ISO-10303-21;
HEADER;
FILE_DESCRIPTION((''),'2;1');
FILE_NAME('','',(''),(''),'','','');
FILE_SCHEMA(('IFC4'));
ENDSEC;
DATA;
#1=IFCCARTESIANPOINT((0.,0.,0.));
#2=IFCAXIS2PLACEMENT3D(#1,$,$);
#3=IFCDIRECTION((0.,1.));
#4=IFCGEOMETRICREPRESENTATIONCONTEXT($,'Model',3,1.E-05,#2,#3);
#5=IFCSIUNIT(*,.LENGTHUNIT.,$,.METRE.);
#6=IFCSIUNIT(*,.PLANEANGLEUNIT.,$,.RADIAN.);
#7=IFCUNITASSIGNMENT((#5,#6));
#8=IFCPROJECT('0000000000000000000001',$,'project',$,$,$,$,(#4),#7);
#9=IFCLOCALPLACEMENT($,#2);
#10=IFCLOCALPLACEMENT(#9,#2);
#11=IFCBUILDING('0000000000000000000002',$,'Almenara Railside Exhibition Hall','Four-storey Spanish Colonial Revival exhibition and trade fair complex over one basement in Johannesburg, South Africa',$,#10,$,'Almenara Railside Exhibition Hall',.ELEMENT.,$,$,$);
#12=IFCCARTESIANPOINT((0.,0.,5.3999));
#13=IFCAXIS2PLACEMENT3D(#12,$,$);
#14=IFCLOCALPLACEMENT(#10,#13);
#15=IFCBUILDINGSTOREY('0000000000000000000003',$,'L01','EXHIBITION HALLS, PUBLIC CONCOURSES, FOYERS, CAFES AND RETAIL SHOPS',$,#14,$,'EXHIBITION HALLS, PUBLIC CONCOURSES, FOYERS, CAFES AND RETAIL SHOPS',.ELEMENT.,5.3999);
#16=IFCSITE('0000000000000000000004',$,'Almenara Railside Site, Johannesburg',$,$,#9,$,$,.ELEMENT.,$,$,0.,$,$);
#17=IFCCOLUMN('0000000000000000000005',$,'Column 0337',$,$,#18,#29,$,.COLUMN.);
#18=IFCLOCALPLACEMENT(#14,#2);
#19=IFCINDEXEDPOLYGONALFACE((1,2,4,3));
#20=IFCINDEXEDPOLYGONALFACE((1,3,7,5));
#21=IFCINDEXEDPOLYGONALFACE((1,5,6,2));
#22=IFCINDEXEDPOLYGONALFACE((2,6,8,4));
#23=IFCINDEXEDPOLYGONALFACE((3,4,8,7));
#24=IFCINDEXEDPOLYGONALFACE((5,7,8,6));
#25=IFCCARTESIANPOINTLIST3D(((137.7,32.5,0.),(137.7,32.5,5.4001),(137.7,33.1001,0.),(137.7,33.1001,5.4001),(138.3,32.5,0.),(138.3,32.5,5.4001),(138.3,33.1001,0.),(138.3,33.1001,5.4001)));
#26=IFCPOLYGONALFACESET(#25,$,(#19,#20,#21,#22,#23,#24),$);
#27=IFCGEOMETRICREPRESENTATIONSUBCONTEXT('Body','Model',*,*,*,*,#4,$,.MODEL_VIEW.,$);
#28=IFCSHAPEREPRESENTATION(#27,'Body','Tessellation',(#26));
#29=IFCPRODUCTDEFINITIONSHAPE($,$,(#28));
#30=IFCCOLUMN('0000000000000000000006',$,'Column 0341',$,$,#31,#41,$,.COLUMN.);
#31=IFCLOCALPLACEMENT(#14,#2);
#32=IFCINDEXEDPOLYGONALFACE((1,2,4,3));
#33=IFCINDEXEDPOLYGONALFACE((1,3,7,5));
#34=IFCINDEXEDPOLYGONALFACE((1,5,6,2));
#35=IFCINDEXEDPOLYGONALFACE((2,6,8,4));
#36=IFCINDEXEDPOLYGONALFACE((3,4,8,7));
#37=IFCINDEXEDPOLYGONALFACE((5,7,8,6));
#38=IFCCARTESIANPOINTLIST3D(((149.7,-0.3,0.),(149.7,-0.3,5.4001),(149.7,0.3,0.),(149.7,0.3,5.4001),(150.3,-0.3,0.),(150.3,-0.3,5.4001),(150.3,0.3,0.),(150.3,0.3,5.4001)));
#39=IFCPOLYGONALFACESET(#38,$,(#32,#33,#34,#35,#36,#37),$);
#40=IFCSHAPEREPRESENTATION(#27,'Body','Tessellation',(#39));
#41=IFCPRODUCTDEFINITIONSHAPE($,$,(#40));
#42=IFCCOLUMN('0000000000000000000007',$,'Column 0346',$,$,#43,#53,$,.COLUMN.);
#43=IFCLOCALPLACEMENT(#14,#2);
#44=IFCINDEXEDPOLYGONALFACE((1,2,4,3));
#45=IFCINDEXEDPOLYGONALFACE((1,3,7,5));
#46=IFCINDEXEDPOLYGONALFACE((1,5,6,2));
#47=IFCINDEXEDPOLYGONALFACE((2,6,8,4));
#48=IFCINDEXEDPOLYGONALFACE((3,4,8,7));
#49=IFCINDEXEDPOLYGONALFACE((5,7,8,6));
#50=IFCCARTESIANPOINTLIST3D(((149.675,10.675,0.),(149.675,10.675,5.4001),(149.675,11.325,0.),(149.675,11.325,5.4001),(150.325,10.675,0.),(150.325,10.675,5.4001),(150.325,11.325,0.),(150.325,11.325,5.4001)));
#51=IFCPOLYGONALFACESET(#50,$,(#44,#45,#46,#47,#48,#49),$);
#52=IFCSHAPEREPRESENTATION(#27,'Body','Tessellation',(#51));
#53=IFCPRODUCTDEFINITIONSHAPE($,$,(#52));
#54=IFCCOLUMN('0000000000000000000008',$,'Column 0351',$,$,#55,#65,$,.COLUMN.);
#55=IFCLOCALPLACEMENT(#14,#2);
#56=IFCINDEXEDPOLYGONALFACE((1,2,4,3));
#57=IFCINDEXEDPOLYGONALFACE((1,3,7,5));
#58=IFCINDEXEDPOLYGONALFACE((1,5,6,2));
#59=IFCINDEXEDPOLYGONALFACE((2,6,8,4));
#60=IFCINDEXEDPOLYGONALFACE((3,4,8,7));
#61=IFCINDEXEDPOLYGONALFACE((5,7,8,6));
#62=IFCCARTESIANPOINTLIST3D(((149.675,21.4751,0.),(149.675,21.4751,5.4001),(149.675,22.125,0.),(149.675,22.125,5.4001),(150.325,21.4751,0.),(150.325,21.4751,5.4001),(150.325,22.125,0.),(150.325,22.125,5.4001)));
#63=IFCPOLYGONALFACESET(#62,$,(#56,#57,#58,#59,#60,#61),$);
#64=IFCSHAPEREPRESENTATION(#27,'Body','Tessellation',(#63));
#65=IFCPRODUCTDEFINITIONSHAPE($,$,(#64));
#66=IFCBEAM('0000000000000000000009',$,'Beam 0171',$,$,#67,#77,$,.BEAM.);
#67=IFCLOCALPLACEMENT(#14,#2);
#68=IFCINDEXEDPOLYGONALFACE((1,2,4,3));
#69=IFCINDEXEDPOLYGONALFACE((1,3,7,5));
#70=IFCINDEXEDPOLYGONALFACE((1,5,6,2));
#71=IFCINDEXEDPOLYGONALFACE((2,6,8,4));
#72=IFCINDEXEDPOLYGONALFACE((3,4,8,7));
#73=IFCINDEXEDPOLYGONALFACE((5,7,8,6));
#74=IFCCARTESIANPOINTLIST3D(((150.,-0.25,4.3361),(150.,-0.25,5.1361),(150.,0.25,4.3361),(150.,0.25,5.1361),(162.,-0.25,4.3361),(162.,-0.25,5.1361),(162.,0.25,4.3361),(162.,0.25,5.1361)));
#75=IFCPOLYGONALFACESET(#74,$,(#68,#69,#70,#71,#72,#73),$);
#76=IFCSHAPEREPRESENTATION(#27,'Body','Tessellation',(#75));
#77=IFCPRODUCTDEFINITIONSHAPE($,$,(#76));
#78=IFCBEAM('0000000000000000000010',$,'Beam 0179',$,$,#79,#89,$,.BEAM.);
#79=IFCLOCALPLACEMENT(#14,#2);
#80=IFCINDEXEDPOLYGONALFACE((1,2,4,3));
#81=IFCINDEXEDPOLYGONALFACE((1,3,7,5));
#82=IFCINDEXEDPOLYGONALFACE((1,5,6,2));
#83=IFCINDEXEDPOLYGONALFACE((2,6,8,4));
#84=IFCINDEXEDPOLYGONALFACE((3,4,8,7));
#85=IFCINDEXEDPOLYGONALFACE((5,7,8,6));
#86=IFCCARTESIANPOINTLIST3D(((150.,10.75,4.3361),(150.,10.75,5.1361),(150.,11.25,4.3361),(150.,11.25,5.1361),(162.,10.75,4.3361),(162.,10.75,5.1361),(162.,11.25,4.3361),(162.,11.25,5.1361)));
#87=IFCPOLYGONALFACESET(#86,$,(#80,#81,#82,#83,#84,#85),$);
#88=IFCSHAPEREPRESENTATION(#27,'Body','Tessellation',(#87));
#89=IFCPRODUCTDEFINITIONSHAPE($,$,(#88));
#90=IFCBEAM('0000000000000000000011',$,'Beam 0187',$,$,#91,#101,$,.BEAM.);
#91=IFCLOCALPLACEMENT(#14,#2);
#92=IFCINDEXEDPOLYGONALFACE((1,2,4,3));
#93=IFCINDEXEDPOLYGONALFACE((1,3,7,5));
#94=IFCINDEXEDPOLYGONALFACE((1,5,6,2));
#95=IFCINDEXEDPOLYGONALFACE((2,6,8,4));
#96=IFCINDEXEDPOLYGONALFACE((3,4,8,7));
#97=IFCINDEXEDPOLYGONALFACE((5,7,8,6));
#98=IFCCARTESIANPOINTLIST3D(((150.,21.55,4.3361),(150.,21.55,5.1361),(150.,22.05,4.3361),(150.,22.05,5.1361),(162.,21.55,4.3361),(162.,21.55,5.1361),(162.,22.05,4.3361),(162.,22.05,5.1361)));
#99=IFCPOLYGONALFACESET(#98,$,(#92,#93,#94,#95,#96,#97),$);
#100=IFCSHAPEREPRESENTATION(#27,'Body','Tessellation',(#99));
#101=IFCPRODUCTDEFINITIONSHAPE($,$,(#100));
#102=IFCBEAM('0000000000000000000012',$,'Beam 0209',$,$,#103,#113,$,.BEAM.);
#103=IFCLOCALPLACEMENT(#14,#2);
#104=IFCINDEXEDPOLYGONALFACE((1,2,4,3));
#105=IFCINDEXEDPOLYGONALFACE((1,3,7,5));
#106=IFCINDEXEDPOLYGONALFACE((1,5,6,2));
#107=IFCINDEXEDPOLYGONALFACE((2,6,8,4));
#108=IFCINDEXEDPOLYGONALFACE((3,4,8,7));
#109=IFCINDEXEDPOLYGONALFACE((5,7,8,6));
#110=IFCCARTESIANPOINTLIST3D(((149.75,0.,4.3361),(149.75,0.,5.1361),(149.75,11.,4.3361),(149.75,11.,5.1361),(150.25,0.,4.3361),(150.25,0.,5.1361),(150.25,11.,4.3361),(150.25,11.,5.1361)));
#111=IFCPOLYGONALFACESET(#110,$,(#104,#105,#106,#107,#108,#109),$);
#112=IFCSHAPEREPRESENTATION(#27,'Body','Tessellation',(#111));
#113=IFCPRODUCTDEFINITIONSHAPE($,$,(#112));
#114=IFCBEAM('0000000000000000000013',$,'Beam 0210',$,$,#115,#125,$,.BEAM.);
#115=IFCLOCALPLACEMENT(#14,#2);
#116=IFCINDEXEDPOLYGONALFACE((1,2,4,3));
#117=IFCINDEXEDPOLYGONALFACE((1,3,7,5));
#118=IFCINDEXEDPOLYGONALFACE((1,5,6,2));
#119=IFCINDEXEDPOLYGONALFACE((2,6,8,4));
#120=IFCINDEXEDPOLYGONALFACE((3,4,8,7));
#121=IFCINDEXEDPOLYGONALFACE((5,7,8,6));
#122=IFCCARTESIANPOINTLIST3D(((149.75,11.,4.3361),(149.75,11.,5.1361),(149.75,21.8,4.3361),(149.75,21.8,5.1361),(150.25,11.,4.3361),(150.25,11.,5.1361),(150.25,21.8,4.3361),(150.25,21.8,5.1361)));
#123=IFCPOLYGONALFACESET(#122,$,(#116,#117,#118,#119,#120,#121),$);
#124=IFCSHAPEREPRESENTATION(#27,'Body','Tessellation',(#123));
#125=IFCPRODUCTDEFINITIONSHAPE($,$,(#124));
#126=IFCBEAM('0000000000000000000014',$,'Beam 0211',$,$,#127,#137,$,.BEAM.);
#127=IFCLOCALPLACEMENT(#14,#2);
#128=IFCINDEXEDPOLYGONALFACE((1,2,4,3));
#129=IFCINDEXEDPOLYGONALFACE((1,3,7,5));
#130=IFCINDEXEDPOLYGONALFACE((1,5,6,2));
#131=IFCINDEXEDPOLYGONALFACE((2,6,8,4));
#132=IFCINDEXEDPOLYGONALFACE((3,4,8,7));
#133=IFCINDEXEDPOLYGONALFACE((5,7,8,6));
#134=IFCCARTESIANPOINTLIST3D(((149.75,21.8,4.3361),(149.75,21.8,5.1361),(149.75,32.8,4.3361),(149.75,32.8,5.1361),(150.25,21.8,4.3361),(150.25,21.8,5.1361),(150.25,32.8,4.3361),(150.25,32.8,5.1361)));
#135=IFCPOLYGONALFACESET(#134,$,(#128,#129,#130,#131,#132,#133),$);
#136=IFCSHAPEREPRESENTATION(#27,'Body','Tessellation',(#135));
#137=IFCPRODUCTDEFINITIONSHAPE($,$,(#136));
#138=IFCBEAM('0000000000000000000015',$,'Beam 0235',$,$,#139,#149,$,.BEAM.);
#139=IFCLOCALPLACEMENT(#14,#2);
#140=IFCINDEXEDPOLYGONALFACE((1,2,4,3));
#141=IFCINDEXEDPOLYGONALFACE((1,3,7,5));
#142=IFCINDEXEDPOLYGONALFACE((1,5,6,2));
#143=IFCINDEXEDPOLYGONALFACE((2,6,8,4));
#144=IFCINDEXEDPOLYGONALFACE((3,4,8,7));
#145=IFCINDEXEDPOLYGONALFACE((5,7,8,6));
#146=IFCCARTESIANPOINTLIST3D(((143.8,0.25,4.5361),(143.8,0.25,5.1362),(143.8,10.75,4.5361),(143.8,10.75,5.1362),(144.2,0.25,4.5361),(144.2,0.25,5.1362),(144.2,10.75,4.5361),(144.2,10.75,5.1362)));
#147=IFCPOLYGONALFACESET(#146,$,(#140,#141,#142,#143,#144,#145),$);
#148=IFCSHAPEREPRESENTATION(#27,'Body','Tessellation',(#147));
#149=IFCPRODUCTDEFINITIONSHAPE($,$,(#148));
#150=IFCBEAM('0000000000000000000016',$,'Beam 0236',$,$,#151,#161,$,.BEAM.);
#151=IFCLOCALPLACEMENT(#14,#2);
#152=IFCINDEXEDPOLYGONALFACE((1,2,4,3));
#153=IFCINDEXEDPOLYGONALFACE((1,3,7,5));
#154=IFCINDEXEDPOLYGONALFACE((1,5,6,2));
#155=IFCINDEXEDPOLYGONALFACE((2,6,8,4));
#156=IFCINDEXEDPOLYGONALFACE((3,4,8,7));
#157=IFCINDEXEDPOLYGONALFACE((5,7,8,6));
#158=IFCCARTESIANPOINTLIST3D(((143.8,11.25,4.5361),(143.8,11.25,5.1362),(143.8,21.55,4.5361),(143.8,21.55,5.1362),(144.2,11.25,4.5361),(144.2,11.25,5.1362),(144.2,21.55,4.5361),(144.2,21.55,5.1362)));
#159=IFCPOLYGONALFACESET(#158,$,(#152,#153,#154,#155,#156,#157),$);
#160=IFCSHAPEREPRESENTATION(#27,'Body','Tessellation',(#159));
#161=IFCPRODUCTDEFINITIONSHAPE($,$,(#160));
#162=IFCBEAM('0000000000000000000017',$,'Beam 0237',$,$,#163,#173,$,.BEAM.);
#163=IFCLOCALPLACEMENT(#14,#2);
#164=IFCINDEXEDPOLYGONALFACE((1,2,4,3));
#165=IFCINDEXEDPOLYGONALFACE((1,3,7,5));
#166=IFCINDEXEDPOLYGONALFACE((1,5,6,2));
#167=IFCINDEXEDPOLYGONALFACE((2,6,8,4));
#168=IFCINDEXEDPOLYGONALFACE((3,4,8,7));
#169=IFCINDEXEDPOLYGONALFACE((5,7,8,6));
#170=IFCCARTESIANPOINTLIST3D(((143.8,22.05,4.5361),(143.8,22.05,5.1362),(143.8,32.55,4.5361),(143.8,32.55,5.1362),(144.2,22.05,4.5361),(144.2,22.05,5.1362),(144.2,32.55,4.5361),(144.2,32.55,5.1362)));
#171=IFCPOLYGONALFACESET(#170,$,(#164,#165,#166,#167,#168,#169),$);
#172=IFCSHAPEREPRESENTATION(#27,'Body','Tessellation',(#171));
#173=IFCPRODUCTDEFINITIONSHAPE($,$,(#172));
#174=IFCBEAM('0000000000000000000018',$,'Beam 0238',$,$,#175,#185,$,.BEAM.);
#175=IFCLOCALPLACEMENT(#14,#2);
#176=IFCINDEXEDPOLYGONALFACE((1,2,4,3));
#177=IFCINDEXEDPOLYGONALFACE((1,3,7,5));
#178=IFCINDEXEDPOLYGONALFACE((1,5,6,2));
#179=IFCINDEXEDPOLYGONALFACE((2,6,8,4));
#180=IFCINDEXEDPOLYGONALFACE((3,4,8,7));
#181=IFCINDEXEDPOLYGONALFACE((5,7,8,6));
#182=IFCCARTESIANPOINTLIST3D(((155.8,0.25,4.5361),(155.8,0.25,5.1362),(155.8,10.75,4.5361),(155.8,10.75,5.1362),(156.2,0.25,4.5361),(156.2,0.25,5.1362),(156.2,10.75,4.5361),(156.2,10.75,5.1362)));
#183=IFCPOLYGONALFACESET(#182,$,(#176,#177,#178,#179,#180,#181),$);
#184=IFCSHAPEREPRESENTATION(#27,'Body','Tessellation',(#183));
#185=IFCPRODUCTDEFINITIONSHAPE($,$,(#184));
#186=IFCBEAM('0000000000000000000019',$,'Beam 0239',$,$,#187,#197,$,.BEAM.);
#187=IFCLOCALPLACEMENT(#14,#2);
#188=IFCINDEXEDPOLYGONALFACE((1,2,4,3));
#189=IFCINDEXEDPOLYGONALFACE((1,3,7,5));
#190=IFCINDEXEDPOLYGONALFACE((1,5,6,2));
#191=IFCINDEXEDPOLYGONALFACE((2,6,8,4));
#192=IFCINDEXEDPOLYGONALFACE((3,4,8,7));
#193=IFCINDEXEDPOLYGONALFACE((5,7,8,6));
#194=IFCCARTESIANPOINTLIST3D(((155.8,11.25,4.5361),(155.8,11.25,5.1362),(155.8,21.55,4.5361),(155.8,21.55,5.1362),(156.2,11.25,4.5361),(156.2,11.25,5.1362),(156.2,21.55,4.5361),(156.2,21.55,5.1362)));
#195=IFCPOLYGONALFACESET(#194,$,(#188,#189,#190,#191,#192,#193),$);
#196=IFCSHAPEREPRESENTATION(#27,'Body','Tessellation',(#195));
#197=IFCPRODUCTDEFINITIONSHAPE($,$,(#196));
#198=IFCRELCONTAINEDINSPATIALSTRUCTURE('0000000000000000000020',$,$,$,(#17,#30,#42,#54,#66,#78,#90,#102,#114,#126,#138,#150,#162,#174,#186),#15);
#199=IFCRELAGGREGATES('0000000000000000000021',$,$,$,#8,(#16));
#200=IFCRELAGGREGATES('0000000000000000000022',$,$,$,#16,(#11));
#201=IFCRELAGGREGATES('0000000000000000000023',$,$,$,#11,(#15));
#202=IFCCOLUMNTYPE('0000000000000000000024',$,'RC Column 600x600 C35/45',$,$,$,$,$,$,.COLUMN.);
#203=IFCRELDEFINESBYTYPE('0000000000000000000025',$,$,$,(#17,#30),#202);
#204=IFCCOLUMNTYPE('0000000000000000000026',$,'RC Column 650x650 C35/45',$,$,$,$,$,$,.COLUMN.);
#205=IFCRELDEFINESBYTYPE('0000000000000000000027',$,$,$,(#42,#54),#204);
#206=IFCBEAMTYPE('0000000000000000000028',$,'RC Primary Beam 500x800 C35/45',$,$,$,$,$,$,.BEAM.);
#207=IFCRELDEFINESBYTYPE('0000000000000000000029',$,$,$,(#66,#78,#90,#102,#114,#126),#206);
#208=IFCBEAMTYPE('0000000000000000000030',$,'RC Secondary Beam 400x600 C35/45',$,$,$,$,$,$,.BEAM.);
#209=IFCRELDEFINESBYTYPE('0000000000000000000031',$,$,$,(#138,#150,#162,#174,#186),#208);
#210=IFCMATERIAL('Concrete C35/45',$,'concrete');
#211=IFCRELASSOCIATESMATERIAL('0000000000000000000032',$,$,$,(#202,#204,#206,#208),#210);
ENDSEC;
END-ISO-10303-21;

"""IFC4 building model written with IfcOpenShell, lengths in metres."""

from ifc_helpers import new_model, si_unit, direction, frame, origin, origin_2d, place, context, subcontext, project, spatial, rectangle, extrude, material, material_profile, profile_set, type_object, element, save


model = new_model("IFC4")

# Units and contexts
model_context = context("Model", 3, precision=1e-05, world=origin(), true_north=direction((0.0, 1.0)))
body_context = subcontext(model_context, "Body", "Model", "MODEL_VIEW")
ifc_project = project(units=[si_unit("LENGTHUNIT", "METRE"), si_unit("PLANEANGLEUNIT", "RADIAN")], contexts=[model_context])

# Site, building, storey
site_placement = place(None, origin())
site = spatial("IfcSite", under=ifc_project, at=site_placement, Name="Almenara Railside Site, Johannesburg", CompositionType="ELEMENT", RefElevation=0.0)
building_placement = place(site_placement, origin())
building = spatial("IfcBuilding", under=site, at=building_placement, Name="Almenara Railside Exhibition Hall", Description="Four-storey Spanish Colonial Revival exhibition and trade fair complex over one basement in Johannesburg, South Africa", LongName="Almenara Railside Exhibition Hall", CompositionType="ELEMENT")
storey_placement = place(building_placement, frame((0.0, 0.0, 5.3999)))
storey = spatial("IfcBuildingStorey", under=building, at=storey_placement, Name="L01", Description="EXHIBITION HALLS, PUBLIC CONCOURSES, FOYERS, CAFES AND RETAIL SHOPS", LongName="EXHIBITION HALLS, PUBLIC CONCOURSES, FOYERS, CAFES AND RETAIL SHOPS", CompositionType="ELEMENT", Elevation=5.3999)

# Columns
ifc_material_1 = material(Name="Concrete C35/45", Category="concrete")
ifc_material_profile_1 = material_profile(ifc_material_1, rectangle(XDim=0.6001, YDim=0.6001, at=origin_2d()), Name="RC 600x600")
ifc_profile_set_1 = profile_set([ifc_material_profile_1], Name="Concrete C35/45")
column_type_1 = type_object("IfcColumnType", Name="RC Column 600x600 C35/45", PredefinedType="COLUMN", material=ifc_profile_set_1)
for number, where, z_axis, x_axis, name in (
    (1, (138.0, 32.8, 0.0), (0.0, 0.0, 1.0), (1.0, 0.0, 0.0), "Column 0337"),
    (2, (150.0, 0.0, 0.0), (0.0, 0.0, 1.0), (1.0, 0.0, 0.0), "Column 0341"),
):
    element("IfcColumn", number, at=place(storey_placement, frame(where, z_axis=z_axis, x_axis=x_axis)), inside=storey, type_object=column_type_1, Name=name, PredefinedType="COLUMN", context=body_context, shape_type="SweptSolid", body=[
        extrude(rectangle(XDim=0.6001, YDim=0.6001, at=origin_2d()), origin(), (0.0, 0.0, 1.0), 5.4001),
    ])
ifc_material_profile_2 = material_profile(ifc_material_1, rectangle(XDim=0.6499, YDim=0.6499, at=origin_2d()), Name="RC 650x650")
ifc_profile_set_2 = profile_set([ifc_material_profile_2], Name="Concrete C35/45")
column_type_2 = type_object("IfcColumnType", Name="RC Column 650x650 C35/45", PredefinedType="COLUMN", material=ifc_profile_set_2)
for number, where, z_axis, x_axis, name in (
    (3, (150.0, 11.0, 0.0), (0.0, 0.0, 1.0), (1.0, 0.0, 0.0), "Column 0346"),
    (4, (150.0, 21.8, 0.0), (0.0, 0.0, 1.0), (1.0, 0.0, 0.0), "Column 0351"),
):
    element("IfcColumn", number, at=place(storey_placement, frame(where, z_axis=z_axis, x_axis=x_axis)), inside=storey, type_object=column_type_2, Name=name, PredefinedType="COLUMN", context=body_context, shape_type="SweptSolid", body=[
        extrude(rectangle(XDim=0.6499, YDim=0.6499, at=origin_2d()), origin(), (0.0, 0.0, 1.0), 5.4001),
    ])

# Beams
ifc_material_profile_3 = material_profile(ifc_material_1, rectangle(XDim=0.5, YDim=0.8, at=origin_2d()), Name="RC 500x800")
ifc_profile_set_3 = profile_set([ifc_material_profile_3], Name="Concrete C35/45")
beam_type_1 = type_object("IfcBeamType", Name="RC Primary Beam 500x800 C35/45", PredefinedType="BEAM", material=ifc_profile_set_3)
for number, where, z_axis, x_axis, name in (
    (5, (150.0, 0.0, 4.7361), (1.0, 0.0, 0.0), (0.0, 1.0, 0.0), "Beam 0171"),
    (6, (150.0, 11.0, 4.7361), (1.0, 0.0, 0.0), (0.0, 1.0, 0.0), "Beam 0179"),
    (7, (150.0, 21.8, 4.7361), (1.0, 0.0, 0.0), (0.0, 1.0, 0.0), "Beam 0187"),
):
    element("IfcBeam", number, at=place(storey_placement, frame(where, z_axis=z_axis, x_axis=x_axis)), inside=storey, type_object=beam_type_1, Name=name, PredefinedType="BEAM", context=body_context, shape_type="SweptSolid", body=[
        extrude(rectangle(XDim=0.5, YDim=0.8, at=origin_2d()), origin(), (0.0, 0.0, 1.0), 12.0),
    ])
beam_1_placement = place(storey_placement, frame((150.0, 0.0, 4.7361), z_axis=(0.0, 1.0, 0.0), x_axis=(-1.0, 0.0, 0.0)))
element("IfcBeam", 8, at=beam_1_placement, inside=storey, type_object=beam_type_1, Name="Beam 0209", PredefinedType="BEAM", context=body_context, shape_type="SweptSolid", body=[
    extrude(rectangle(XDim=0.5, YDim=0.8, at=origin_2d()), origin(), (0.0, 0.0, 1.0), 11.0),
])
beam_2_placement = place(storey_placement, frame((150.0, 11.0, 4.7361), z_axis=(0.0, 1.0, 0.0), x_axis=(-1.0, 0.0, 0.0)))
element("IfcBeam", 9, at=beam_2_placement, inside=storey, type_object=beam_type_1, Name="Beam 0210", PredefinedType="BEAM", context=body_context, shape_type="SweptSolid", body=[
    extrude(rectangle(XDim=0.5, YDim=0.8, at=origin_2d()), origin(), (0.0, 0.0, 1.0), 10.8),
])
beam_3_placement = place(storey_placement, frame((150.0, 21.8, 4.7361), z_axis=(0.0, 1.0, 0.0), x_axis=(-1.0, 0.0, 0.0)))
element("IfcBeam", 10, at=beam_3_placement, inside=storey, type_object=beam_type_1, Name="Beam 0211", PredefinedType="BEAM", context=body_context, shape_type="SweptSolid", body=[
    extrude(rectangle(XDim=0.5, YDim=0.8, at=origin_2d()), origin(), (0.0, 0.0, 1.0), 11.0),
])
ifc_material_profile_4 = material_profile(ifc_material_1, rectangle(XDim=0.3999, YDim=0.6001, at=origin_2d()), Name="RC 400x600")
ifc_profile_set_4 = profile_set([ifc_material_profile_4], Name="Concrete C35/45")
beam_type_2 = type_object("IfcBeamType", Name="RC Secondary Beam 400x600 C35/45", PredefinedType="BEAM", material=ifc_profile_set_4)
beam_4_placement = place(storey_placement, frame((144.0, 0.25, 4.8362), z_axis=(0.0, 1.0, 0.0), x_axis=(-1.0, 0.0, 0.0)))
element("IfcBeam", 11, at=beam_4_placement, inside=storey, type_object=beam_type_2, Name="Beam 0235", PredefinedType="BEAM", context=body_context, shape_type="SweptSolid", body=[
    extrude(rectangle(XDim=0.3999, YDim=0.6001, at=origin_2d()), origin(), (0.0, 0.0, 1.0), 10.5),
])
beam_5_placement = place(storey_placement, frame((144.0, 11.25, 4.8362), z_axis=(0.0, 1.0, 0.0), x_axis=(-1.0, 0.0, 0.0)))
element("IfcBeam", 12, at=beam_5_placement, inside=storey, type_object=beam_type_2, Name="Beam 0236", PredefinedType="BEAM", context=body_context, shape_type="SweptSolid", body=[
    extrude(rectangle(XDim=0.3999, YDim=0.6001, at=origin_2d()), origin(), (0.0, 0.0, 1.0), 10.3),
])
for number, where, z_axis, x_axis, name in (
    (13, (144.0, 22.05, 4.8362), (0.0, 1.0, 0.0), (-1.0, 0.0, 0.0), "Beam 0237"),
    (14, (156.0, 0.25, 4.8362), (0.0, 1.0, 0.0), (-1.0, 0.0, 0.0), "Beam 0238"),
):
    element("IfcBeam", number, at=place(storey_placement, frame(where, z_axis=z_axis, x_axis=x_axis)), inside=storey, type_object=beam_type_2, Name=name, PredefinedType="BEAM", context=body_context, shape_type="SweptSolid", body=[
        extrude(rectangle(XDim=0.3999, YDim=0.6001, at=origin_2d()), origin(), (0.0, 0.0, 1.0), 10.5),
    ])
beam_6_placement = place(storey_placement, frame((156.0, 11.25, 4.8362), z_axis=(0.0, 1.0, 0.0), x_axis=(-1.0, 0.0, 0.0)))
element("IfcBeam", 15, at=beam_6_placement, inside=storey, type_object=beam_type_2, Name="Beam 0239", PredefinedType="BEAM", context=body_context, shape_type="SweptSolid", body=[
    extrude(rectangle(XDim=0.3999, YDim=0.6001, at=origin_2d()), origin(), (0.0, 0.0, 1.0), 10.3),
])

save(model, "model.ifc")
